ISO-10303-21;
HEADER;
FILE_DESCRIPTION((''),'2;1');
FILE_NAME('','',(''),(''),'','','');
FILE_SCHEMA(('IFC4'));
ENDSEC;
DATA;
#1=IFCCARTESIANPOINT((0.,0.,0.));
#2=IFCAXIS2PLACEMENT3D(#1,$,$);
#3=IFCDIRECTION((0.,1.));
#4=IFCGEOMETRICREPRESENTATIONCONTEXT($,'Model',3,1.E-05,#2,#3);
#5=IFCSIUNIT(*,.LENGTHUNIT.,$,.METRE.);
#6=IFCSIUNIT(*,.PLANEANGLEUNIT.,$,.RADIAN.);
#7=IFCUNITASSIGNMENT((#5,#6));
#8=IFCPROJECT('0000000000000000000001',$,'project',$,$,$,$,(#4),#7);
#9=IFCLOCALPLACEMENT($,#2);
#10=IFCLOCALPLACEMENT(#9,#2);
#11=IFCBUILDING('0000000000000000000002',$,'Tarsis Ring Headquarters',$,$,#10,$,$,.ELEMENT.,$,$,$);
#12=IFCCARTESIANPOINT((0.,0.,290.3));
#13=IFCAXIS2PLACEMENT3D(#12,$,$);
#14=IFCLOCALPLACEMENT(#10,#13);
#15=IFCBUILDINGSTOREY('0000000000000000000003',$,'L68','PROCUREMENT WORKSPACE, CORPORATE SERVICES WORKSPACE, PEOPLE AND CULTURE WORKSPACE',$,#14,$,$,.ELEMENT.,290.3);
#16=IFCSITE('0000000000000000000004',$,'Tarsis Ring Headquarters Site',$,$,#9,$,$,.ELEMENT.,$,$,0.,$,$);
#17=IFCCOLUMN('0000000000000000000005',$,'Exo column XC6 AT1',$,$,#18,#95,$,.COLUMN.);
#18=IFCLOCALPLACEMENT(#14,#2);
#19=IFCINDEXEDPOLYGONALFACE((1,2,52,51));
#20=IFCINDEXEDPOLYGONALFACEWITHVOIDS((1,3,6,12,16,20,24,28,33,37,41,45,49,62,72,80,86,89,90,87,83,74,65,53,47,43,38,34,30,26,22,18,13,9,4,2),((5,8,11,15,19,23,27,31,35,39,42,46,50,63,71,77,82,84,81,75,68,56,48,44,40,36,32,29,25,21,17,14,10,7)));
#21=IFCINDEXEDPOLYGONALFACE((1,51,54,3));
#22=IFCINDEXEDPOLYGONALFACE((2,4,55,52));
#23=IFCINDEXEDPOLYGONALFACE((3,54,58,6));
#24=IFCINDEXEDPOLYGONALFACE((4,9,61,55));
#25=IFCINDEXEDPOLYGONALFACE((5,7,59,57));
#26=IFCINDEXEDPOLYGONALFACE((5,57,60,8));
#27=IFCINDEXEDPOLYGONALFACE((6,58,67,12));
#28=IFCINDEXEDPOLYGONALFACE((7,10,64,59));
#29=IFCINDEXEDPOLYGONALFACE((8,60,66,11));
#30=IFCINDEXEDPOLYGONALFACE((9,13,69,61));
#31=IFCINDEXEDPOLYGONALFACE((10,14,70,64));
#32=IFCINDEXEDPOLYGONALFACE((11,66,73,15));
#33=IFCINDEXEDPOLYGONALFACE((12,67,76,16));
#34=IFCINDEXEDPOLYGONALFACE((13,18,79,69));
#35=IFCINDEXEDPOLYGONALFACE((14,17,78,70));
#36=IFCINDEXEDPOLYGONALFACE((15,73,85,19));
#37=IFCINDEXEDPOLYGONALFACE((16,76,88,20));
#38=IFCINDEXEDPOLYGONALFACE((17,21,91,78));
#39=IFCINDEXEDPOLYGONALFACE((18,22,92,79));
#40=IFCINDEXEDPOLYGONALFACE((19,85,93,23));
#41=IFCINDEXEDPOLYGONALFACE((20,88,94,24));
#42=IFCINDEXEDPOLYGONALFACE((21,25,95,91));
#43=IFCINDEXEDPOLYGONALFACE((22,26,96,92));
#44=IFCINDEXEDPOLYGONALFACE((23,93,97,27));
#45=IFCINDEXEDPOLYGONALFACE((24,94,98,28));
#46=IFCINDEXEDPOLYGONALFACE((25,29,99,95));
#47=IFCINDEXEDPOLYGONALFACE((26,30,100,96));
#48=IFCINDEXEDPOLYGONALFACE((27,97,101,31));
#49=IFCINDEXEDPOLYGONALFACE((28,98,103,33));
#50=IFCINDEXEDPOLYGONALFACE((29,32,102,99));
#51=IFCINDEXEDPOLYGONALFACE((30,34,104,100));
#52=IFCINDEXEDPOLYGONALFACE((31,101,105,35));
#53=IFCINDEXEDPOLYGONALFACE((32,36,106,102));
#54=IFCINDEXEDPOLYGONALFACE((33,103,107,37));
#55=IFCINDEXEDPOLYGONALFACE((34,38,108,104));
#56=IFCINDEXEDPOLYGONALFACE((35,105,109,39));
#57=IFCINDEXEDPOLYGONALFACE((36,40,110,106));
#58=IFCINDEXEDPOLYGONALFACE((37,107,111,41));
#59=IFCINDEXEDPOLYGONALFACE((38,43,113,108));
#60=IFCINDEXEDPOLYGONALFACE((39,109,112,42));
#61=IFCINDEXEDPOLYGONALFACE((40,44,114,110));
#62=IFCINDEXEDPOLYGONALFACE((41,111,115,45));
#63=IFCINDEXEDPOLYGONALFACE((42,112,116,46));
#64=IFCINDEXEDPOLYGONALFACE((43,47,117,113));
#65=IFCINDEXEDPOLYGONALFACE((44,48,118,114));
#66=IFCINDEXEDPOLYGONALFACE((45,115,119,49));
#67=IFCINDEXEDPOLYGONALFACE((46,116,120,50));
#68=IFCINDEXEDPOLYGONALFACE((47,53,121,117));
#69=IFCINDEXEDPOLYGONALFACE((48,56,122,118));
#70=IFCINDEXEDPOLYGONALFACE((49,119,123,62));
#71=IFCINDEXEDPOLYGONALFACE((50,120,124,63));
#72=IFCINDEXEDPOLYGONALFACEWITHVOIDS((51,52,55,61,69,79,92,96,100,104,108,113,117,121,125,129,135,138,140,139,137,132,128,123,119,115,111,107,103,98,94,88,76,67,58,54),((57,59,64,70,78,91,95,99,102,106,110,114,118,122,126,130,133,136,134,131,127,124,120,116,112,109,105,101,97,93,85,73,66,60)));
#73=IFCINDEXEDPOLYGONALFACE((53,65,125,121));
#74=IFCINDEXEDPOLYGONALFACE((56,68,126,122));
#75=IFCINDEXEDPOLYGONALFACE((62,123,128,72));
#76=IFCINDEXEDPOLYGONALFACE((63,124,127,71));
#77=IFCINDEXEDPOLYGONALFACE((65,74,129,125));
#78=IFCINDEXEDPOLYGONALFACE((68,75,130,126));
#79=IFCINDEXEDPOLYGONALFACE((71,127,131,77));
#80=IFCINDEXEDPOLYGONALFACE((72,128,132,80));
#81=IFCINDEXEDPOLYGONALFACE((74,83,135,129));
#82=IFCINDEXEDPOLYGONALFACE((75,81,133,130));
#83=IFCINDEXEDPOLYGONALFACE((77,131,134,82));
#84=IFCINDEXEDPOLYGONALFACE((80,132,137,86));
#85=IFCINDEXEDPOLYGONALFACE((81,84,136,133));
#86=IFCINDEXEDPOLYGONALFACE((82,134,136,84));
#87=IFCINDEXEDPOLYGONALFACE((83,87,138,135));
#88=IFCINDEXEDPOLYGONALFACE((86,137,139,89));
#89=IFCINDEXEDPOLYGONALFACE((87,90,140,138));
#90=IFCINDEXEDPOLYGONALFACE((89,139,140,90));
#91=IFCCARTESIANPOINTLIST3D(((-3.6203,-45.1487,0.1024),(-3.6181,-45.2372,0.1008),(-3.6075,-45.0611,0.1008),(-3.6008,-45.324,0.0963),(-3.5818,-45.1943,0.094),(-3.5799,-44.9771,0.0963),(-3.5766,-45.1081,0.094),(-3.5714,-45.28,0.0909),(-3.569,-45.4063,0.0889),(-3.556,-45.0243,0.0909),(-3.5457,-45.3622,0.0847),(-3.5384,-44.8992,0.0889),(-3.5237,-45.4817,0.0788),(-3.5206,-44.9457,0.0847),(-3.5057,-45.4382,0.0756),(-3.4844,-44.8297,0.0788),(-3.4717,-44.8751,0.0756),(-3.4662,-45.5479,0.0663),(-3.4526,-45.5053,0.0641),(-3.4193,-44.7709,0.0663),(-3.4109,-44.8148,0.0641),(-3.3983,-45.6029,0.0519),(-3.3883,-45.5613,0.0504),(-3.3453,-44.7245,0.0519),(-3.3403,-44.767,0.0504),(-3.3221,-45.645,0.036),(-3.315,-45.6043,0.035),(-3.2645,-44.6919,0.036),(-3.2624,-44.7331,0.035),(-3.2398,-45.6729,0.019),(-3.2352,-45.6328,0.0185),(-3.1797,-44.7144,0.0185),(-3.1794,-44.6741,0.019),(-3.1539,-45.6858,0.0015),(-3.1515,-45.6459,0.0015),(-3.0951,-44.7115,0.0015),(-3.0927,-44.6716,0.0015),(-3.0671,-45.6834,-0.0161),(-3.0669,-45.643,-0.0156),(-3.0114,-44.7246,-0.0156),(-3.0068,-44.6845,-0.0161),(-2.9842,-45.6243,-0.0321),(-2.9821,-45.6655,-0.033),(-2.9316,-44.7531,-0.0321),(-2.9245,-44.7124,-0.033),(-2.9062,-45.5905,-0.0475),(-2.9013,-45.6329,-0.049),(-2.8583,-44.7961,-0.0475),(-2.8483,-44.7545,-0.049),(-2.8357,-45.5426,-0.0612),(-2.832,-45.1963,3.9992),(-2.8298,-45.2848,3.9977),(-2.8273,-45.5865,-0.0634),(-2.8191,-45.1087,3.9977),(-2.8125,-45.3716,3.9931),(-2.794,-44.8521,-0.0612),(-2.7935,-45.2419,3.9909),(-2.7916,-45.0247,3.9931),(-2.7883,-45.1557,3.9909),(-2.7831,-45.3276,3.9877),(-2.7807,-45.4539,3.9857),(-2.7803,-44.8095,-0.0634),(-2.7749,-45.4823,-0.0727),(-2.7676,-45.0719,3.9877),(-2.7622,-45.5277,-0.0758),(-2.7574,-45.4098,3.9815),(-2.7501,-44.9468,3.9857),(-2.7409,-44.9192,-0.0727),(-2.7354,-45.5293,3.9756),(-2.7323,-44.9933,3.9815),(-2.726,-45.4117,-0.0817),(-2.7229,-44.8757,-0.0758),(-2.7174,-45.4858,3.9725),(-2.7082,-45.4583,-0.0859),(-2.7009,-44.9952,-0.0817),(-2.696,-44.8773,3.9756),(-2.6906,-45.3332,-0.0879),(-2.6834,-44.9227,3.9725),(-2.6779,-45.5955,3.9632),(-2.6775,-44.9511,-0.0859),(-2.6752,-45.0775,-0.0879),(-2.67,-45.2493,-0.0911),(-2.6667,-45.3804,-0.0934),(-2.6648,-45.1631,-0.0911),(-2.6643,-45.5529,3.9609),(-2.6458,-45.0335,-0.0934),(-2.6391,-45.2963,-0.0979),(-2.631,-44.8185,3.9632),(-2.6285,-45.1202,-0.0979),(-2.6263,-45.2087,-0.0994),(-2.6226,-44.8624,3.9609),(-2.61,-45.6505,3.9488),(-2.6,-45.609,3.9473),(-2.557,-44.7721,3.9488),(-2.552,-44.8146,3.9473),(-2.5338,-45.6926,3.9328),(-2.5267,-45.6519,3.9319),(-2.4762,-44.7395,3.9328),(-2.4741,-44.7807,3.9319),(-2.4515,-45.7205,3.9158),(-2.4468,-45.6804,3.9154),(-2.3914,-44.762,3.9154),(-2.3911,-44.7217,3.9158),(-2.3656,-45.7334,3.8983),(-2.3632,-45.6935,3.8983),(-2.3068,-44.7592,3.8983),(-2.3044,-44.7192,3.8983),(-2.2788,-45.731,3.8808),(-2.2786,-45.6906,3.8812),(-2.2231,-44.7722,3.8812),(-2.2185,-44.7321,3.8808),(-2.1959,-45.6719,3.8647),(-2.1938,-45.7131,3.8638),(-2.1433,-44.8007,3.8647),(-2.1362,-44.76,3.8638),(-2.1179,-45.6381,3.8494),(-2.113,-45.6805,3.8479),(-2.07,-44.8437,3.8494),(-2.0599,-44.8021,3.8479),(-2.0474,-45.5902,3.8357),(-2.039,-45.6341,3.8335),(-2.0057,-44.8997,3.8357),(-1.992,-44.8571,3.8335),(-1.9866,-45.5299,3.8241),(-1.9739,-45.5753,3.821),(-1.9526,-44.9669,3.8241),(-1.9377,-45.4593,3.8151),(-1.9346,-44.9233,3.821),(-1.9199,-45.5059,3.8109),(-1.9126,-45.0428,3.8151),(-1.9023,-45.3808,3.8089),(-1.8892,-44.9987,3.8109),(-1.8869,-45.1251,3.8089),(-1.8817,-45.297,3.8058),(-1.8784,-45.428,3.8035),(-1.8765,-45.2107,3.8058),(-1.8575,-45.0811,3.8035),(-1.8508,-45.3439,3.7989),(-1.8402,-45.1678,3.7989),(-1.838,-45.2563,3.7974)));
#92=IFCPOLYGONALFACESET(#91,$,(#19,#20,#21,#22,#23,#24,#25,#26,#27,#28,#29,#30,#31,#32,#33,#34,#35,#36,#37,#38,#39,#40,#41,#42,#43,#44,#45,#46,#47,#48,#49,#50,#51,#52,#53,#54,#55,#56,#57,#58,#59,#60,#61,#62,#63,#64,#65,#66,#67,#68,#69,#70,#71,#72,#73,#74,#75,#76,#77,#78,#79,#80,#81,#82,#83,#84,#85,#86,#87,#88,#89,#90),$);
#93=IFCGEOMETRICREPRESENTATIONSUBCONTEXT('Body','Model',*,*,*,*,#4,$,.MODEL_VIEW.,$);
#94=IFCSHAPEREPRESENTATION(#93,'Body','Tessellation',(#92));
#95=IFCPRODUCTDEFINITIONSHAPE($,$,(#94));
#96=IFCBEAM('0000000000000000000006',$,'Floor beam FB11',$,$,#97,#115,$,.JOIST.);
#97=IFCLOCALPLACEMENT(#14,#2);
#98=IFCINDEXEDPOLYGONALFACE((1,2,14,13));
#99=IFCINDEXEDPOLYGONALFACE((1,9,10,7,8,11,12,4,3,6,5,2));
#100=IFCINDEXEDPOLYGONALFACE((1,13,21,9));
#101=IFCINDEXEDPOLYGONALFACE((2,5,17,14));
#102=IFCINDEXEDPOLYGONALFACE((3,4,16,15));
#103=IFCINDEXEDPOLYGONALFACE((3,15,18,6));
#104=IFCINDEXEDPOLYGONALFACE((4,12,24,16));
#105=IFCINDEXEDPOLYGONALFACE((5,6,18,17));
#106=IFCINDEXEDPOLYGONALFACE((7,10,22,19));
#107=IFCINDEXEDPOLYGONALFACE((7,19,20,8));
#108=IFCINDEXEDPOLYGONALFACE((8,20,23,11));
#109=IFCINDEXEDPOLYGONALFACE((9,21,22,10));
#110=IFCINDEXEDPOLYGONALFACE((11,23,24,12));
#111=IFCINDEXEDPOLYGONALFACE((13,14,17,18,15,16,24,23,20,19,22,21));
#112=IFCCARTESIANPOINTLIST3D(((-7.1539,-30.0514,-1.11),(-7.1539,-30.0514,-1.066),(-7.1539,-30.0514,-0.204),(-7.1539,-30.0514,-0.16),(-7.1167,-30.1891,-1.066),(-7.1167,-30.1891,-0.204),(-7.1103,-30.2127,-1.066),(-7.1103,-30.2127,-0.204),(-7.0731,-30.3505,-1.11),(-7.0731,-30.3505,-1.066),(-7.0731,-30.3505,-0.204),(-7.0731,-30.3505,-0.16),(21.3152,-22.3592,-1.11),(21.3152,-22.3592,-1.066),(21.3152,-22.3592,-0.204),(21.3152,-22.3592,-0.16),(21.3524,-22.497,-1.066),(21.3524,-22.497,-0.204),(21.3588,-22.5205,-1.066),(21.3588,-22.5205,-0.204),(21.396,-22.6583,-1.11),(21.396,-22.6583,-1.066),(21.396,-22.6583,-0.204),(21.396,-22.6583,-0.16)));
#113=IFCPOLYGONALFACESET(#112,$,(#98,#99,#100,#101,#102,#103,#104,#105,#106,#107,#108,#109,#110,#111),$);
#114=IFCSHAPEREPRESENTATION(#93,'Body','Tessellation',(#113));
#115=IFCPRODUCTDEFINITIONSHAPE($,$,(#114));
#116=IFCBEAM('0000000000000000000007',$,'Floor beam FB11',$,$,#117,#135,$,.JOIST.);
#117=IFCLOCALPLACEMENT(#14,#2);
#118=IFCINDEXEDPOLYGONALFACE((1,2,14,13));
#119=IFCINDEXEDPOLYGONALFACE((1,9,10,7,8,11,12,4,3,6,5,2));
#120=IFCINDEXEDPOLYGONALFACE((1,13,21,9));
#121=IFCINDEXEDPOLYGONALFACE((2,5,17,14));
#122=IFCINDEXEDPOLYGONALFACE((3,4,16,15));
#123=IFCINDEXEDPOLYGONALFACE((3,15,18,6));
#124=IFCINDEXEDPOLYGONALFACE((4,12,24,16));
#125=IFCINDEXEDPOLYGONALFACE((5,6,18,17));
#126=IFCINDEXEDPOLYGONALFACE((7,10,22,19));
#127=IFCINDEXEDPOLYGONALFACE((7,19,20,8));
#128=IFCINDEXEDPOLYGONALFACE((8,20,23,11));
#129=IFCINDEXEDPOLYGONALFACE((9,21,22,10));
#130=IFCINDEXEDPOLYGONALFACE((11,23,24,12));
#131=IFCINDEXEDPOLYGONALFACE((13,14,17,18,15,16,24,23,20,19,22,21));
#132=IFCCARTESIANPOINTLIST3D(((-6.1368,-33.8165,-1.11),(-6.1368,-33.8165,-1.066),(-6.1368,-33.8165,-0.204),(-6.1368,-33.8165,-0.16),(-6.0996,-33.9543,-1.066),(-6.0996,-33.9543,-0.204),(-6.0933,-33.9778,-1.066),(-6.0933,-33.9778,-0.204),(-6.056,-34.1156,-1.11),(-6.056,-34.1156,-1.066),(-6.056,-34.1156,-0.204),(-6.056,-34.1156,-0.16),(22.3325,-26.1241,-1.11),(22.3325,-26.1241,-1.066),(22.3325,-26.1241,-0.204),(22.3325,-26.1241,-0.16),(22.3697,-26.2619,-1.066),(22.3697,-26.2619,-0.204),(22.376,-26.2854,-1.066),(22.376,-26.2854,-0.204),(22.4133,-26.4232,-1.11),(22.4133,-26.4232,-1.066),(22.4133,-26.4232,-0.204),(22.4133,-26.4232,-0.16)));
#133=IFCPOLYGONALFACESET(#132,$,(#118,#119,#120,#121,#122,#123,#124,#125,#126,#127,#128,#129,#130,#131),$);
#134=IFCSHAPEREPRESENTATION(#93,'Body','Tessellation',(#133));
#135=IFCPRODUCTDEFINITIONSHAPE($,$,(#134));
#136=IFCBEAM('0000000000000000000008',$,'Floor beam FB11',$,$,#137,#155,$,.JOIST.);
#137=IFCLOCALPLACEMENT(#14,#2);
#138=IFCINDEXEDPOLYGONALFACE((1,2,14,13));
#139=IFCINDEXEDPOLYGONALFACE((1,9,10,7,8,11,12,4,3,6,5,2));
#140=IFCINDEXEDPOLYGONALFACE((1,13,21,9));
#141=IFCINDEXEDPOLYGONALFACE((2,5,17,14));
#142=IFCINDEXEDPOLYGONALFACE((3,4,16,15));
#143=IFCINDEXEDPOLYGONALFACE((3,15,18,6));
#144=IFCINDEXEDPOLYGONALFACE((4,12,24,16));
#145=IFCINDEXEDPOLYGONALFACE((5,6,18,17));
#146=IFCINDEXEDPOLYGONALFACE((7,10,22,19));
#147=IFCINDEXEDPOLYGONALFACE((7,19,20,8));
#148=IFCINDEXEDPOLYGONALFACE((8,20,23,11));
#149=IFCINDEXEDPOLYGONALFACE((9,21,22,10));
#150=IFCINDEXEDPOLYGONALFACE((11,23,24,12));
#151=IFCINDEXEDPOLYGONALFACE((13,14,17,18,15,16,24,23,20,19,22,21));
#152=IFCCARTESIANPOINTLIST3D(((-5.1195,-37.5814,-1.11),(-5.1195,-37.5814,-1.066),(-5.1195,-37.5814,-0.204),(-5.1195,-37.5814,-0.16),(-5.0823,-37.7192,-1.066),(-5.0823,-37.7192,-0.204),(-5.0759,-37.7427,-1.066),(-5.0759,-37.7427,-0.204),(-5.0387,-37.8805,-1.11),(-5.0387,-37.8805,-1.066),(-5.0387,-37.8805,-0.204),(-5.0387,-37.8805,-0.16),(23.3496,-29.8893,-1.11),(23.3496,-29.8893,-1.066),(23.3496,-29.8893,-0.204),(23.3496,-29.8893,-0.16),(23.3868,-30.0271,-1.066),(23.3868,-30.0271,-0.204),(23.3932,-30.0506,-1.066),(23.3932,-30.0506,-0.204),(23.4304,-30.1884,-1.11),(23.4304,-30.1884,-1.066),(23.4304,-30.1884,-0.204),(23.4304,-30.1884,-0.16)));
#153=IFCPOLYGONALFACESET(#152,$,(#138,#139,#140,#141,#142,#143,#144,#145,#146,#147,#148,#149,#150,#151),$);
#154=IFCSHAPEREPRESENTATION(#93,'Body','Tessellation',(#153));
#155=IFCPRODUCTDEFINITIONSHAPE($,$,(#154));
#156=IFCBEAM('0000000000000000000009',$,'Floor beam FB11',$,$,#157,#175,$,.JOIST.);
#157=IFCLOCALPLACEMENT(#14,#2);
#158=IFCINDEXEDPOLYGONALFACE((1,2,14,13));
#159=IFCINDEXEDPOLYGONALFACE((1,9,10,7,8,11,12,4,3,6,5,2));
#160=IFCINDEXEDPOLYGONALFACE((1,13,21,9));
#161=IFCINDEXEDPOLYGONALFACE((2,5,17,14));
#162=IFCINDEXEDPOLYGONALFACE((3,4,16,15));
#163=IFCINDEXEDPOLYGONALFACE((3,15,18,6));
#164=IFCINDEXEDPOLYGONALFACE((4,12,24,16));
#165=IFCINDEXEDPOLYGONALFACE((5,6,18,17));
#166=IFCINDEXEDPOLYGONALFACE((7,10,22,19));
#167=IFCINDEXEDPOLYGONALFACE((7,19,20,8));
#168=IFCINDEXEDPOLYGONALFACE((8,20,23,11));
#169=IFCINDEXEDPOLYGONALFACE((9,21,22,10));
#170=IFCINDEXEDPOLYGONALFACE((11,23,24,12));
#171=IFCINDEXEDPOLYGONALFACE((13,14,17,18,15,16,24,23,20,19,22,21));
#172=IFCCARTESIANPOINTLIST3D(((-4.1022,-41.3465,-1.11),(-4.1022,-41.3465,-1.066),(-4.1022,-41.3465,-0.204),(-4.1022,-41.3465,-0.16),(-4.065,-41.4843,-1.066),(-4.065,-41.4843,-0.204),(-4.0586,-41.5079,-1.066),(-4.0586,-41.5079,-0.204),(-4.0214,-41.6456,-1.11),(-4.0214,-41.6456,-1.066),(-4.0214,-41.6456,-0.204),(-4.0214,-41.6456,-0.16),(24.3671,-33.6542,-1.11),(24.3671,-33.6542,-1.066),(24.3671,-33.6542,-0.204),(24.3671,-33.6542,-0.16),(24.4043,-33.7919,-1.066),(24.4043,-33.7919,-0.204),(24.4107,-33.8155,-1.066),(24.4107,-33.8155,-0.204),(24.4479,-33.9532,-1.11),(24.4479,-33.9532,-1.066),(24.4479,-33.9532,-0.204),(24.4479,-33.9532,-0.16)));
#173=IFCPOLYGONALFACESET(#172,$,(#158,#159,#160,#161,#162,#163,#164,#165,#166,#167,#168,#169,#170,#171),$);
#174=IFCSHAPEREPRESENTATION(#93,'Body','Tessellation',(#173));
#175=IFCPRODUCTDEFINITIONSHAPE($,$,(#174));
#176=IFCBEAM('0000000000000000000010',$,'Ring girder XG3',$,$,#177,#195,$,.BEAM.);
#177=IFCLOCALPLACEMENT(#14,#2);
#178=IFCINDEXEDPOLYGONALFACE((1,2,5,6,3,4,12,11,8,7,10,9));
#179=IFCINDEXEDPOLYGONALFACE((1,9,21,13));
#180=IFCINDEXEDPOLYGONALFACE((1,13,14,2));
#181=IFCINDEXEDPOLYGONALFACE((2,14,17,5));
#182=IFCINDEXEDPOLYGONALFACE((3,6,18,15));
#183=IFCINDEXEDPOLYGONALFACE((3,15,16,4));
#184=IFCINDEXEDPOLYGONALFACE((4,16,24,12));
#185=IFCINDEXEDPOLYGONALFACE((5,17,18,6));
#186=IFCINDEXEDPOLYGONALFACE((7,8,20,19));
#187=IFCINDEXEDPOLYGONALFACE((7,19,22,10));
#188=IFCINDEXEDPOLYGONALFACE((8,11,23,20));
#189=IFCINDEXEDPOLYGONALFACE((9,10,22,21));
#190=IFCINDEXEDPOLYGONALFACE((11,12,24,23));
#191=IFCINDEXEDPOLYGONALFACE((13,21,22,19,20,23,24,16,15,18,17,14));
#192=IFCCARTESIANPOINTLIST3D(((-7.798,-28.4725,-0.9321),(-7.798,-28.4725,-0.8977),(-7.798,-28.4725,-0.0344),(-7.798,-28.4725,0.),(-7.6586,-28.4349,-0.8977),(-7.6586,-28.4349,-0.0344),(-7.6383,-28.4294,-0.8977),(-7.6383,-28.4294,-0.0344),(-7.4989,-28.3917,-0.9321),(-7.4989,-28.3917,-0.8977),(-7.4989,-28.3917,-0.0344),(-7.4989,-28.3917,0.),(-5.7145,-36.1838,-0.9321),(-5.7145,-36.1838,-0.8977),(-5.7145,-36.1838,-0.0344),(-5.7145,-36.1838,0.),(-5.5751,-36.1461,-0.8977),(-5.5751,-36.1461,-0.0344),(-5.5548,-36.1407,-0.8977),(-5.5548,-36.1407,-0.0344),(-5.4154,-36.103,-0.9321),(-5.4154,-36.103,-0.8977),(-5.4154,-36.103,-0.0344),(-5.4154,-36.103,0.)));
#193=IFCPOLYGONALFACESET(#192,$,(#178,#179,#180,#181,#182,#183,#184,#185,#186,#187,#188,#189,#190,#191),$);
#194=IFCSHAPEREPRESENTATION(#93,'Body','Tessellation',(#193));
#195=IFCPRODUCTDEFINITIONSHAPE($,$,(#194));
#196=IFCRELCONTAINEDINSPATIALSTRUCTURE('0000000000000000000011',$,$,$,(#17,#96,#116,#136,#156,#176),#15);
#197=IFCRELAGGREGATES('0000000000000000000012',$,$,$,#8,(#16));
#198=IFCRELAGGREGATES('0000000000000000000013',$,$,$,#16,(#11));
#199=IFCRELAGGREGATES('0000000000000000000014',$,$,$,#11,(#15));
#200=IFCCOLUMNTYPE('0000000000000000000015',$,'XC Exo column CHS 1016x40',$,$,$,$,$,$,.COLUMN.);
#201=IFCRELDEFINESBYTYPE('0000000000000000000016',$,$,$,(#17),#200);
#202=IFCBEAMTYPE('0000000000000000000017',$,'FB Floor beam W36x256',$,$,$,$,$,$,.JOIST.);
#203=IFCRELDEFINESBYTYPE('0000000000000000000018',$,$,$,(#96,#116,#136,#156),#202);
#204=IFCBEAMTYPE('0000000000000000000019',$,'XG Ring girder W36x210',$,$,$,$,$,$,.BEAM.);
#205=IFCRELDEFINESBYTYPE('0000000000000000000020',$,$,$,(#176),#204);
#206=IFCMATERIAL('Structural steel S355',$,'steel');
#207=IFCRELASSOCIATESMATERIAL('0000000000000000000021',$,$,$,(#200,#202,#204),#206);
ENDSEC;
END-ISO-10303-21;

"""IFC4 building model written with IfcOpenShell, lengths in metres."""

from ifc_helpers import new_model, si_unit, direction, frame, origin, origin_2d, place, context, subcontext, project, spatial, hollow_circle, i_section, extrude, material, material_profile, profile_set, type_object, element, save


model = new_model("IFC4")

# Units and contexts
model_context = context("Model", 3, precision=1e-05, world=origin(), true_north=direction((0.0, 1.0)))
body_context = subcontext(model_context, "Body", "Model", "MODEL_VIEW")
ifc_project = project(units=[si_unit("LENGTHUNIT", "METRE"), si_unit("PLANEANGLEUNIT", "RADIAN")], contexts=[model_context])

# Site, building, storey
site_placement = place(None, origin())
site = spatial("IfcSite", under=ifc_project, at=site_placement, Name="Tarsis Ring Headquarters Site", CompositionType="ELEMENT", RefElevation=0.0)
building_placement = place(site_placement, origin())
building = spatial("IfcBuilding", under=site, at=building_placement, Name="Tarsis Ring Headquarters", CompositionType="ELEMENT")
storey_placement = place(building_placement, frame((0.0, 0.0, 290.3)))
storey = spatial("IfcBuildingStorey", under=building, at=storey_placement, Name="L68", Description="PROCUREMENT WORKSPACE, CORPORATE SERVICES WORKSPACE, PEOPLE AND CULTURE WORKSPACE", CompositionType="ELEMENT", Elevation=290.3)

# Column
ifc_material_1 = material(Name="Structural steel S355", Category="steel")
ifc_material_profile_1 = material_profile(ifc_material_1, hollow_circle(Radius=0.5081, WallThickness=0.04, at=origin_2d()), Name="CHS 1016x40")
ifc_profile_set_1 = profile_set([ifc_material_profile_1], Name="Structural steel S355")
column_type = type_object("IfcColumnType", Name="XC Exo column CHS 1016x40", PredefinedType="COLUMN", material=ifc_profile_set_1)
column_1_placement = place(storey_placement, frame((-3.1233, -45.1787, 0.0015), z_axis=(0.198262, -0.011973, 0.980076), x_axis=(0.06028, 0.998181, 0.0)))
element("IfcColumn", 1, at=column_1_placement, inside=storey, type_object=column_type, Name="Exo column XC6 AT1", PredefinedType="COLUMN", context=body_context, shape_type="SweptSolid", body=[
    extrude(hollow_circle(Radius=0.5081, WallThickness=0.04, at=origin_2d()), origin(), (0.0, 0.0, 1.0), 3.9761),
])

# Beams
ifc_material_profile_2 = material_profile(ifc_material_1, i_section(OverallWidth=0.3098, OverallDepth=0.95, WebThickness=0.0244, FlangeThickness=0.0439, at=origin_2d()), Name="W36x256")
ifc_profile_set_2 = profile_set([ifc_material_profile_2], Name="Structural steel S355")
beam_type_1 = type_object("IfcBeamType", Name="FB Floor beam W36x256", PredefinedType="JOIST", material=ifc_profile_set_2)
beam_1_placement = place(storey_placement, frame((-7.1135, -30.2009, -0.635), z_axis=(0.965382, 0.26084, 0.0), x_axis=(-0.26084, 0.965382, 0.0)))
element("IfcBeam", 2, at=beam_1_placement, inside=storey, type_object=beam_type_1, Name="Floor beam FB11", PredefinedType="JOIST", context=body_context, shape_type="SweptSolid", body=[
    extrude(i_section(OverallWidth=0.3098, OverallDepth=0.95, WebThickness=0.0244, FlangeThickness=0.0439, at=origin_2d()), origin(), (0.0, 0.0, 1.0), 29.49),
])
beam_2_placement = place(storey_placement, frame((-6.0964, -33.9661, -0.635), z_axis=(0.965381, 0.260846, 0.0), x_axis=(-0.260846, 0.965381, 0.0)))
element("IfcBeam", 3, at=beam_2_placement, inside=storey, type_object=beam_type_1, Name="Floor beam FB11", PredefinedType="JOIST", context=body_context, shape_type="SweptSolid", body=[
    extrude(i_section(OverallWidth=0.3098, OverallDepth=0.95, WebThickness=0.0244, FlangeThickness=0.0439, at=origin_2d()), origin(), (0.0, 0.0, 1.0), 29.4902),
])
beam_3_placement = place(storey_placement, frame((-5.0791, -37.731, -0.635), z_axis=(0.965383, 0.260838, 0.0), x_axis=(-0.260838, 0.965383, 0.0)))
element("IfcBeam", 4, at=beam_3_placement, inside=storey, type_object=beam_type_1, Name="Floor beam FB11", PredefinedType="JOIST", context=body_context, shape_type="SweptSolid", body=[
    extrude(i_section(OverallWidth=0.3098, OverallDepth=0.95, WebThickness=0.0244, FlangeThickness=0.0439, at=origin_2d()), origin(), (0.0, 0.0, 1.0), 29.49),
])
beam_4_placement = place(storey_placement, frame((-4.0618, -41.4961, -0.635), z_axis=(0.965381, 0.260846, 0.0), x_axis=(-0.260846, 0.965381, 0.0)))
element("IfcBeam", 5, at=beam_4_placement, inside=storey, type_object=beam_type_1, Name="Floor beam FB11", PredefinedType="JOIST", context=body_context, shape_type="SweptSolid", body=[
    extrude(i_section(OverallWidth=0.3098, OverallDepth=0.95, WebThickness=0.0244, FlangeThickness=0.0439, at=origin_2d()), origin(), (0.0, 0.0, 1.0), 29.4902),
])
ifc_material_profile_3 = material_profile(ifc_material_1, i_section(OverallWidth=0.3098, OverallDepth=0.9321, WebThickness=0.021, FlangeThickness=0.0344, at=origin_2d()), Name="W36x210")
ifc_profile_set_3 = profile_set([ifc_material_profile_3], Name="Structural steel S355")
beam_type_2 = type_object("IfcBeamType", Name="XG Ring girder W36x210", PredefinedType="BEAM", material=ifc_profile_set_3)
for number, where, z_axis, x_axis, name in (
    (6, (-7.6484, -28.4321, -0.4661), (0.260838, -0.965383, 0.0), (0.965383, 0.260838, 0.0), "Ring girder XG3"),
):
    element("IfcBeam", number, at=place(storey_placement, frame(where, z_axis=z_axis, x_axis=x_axis)), inside=storey, type_object=beam_type_2, Name=name, PredefinedType="BEAM", context=body_context, shape_type="SweptSolid", body=[
        extrude(i_section(OverallWidth=0.3098, OverallDepth=0.9321, WebThickness=0.021, FlangeThickness=0.0344, at=origin_2d()), origin(), (0.0, 0.0, 1.0), 7.9878),
    ])

save(model, "model.ifc")
